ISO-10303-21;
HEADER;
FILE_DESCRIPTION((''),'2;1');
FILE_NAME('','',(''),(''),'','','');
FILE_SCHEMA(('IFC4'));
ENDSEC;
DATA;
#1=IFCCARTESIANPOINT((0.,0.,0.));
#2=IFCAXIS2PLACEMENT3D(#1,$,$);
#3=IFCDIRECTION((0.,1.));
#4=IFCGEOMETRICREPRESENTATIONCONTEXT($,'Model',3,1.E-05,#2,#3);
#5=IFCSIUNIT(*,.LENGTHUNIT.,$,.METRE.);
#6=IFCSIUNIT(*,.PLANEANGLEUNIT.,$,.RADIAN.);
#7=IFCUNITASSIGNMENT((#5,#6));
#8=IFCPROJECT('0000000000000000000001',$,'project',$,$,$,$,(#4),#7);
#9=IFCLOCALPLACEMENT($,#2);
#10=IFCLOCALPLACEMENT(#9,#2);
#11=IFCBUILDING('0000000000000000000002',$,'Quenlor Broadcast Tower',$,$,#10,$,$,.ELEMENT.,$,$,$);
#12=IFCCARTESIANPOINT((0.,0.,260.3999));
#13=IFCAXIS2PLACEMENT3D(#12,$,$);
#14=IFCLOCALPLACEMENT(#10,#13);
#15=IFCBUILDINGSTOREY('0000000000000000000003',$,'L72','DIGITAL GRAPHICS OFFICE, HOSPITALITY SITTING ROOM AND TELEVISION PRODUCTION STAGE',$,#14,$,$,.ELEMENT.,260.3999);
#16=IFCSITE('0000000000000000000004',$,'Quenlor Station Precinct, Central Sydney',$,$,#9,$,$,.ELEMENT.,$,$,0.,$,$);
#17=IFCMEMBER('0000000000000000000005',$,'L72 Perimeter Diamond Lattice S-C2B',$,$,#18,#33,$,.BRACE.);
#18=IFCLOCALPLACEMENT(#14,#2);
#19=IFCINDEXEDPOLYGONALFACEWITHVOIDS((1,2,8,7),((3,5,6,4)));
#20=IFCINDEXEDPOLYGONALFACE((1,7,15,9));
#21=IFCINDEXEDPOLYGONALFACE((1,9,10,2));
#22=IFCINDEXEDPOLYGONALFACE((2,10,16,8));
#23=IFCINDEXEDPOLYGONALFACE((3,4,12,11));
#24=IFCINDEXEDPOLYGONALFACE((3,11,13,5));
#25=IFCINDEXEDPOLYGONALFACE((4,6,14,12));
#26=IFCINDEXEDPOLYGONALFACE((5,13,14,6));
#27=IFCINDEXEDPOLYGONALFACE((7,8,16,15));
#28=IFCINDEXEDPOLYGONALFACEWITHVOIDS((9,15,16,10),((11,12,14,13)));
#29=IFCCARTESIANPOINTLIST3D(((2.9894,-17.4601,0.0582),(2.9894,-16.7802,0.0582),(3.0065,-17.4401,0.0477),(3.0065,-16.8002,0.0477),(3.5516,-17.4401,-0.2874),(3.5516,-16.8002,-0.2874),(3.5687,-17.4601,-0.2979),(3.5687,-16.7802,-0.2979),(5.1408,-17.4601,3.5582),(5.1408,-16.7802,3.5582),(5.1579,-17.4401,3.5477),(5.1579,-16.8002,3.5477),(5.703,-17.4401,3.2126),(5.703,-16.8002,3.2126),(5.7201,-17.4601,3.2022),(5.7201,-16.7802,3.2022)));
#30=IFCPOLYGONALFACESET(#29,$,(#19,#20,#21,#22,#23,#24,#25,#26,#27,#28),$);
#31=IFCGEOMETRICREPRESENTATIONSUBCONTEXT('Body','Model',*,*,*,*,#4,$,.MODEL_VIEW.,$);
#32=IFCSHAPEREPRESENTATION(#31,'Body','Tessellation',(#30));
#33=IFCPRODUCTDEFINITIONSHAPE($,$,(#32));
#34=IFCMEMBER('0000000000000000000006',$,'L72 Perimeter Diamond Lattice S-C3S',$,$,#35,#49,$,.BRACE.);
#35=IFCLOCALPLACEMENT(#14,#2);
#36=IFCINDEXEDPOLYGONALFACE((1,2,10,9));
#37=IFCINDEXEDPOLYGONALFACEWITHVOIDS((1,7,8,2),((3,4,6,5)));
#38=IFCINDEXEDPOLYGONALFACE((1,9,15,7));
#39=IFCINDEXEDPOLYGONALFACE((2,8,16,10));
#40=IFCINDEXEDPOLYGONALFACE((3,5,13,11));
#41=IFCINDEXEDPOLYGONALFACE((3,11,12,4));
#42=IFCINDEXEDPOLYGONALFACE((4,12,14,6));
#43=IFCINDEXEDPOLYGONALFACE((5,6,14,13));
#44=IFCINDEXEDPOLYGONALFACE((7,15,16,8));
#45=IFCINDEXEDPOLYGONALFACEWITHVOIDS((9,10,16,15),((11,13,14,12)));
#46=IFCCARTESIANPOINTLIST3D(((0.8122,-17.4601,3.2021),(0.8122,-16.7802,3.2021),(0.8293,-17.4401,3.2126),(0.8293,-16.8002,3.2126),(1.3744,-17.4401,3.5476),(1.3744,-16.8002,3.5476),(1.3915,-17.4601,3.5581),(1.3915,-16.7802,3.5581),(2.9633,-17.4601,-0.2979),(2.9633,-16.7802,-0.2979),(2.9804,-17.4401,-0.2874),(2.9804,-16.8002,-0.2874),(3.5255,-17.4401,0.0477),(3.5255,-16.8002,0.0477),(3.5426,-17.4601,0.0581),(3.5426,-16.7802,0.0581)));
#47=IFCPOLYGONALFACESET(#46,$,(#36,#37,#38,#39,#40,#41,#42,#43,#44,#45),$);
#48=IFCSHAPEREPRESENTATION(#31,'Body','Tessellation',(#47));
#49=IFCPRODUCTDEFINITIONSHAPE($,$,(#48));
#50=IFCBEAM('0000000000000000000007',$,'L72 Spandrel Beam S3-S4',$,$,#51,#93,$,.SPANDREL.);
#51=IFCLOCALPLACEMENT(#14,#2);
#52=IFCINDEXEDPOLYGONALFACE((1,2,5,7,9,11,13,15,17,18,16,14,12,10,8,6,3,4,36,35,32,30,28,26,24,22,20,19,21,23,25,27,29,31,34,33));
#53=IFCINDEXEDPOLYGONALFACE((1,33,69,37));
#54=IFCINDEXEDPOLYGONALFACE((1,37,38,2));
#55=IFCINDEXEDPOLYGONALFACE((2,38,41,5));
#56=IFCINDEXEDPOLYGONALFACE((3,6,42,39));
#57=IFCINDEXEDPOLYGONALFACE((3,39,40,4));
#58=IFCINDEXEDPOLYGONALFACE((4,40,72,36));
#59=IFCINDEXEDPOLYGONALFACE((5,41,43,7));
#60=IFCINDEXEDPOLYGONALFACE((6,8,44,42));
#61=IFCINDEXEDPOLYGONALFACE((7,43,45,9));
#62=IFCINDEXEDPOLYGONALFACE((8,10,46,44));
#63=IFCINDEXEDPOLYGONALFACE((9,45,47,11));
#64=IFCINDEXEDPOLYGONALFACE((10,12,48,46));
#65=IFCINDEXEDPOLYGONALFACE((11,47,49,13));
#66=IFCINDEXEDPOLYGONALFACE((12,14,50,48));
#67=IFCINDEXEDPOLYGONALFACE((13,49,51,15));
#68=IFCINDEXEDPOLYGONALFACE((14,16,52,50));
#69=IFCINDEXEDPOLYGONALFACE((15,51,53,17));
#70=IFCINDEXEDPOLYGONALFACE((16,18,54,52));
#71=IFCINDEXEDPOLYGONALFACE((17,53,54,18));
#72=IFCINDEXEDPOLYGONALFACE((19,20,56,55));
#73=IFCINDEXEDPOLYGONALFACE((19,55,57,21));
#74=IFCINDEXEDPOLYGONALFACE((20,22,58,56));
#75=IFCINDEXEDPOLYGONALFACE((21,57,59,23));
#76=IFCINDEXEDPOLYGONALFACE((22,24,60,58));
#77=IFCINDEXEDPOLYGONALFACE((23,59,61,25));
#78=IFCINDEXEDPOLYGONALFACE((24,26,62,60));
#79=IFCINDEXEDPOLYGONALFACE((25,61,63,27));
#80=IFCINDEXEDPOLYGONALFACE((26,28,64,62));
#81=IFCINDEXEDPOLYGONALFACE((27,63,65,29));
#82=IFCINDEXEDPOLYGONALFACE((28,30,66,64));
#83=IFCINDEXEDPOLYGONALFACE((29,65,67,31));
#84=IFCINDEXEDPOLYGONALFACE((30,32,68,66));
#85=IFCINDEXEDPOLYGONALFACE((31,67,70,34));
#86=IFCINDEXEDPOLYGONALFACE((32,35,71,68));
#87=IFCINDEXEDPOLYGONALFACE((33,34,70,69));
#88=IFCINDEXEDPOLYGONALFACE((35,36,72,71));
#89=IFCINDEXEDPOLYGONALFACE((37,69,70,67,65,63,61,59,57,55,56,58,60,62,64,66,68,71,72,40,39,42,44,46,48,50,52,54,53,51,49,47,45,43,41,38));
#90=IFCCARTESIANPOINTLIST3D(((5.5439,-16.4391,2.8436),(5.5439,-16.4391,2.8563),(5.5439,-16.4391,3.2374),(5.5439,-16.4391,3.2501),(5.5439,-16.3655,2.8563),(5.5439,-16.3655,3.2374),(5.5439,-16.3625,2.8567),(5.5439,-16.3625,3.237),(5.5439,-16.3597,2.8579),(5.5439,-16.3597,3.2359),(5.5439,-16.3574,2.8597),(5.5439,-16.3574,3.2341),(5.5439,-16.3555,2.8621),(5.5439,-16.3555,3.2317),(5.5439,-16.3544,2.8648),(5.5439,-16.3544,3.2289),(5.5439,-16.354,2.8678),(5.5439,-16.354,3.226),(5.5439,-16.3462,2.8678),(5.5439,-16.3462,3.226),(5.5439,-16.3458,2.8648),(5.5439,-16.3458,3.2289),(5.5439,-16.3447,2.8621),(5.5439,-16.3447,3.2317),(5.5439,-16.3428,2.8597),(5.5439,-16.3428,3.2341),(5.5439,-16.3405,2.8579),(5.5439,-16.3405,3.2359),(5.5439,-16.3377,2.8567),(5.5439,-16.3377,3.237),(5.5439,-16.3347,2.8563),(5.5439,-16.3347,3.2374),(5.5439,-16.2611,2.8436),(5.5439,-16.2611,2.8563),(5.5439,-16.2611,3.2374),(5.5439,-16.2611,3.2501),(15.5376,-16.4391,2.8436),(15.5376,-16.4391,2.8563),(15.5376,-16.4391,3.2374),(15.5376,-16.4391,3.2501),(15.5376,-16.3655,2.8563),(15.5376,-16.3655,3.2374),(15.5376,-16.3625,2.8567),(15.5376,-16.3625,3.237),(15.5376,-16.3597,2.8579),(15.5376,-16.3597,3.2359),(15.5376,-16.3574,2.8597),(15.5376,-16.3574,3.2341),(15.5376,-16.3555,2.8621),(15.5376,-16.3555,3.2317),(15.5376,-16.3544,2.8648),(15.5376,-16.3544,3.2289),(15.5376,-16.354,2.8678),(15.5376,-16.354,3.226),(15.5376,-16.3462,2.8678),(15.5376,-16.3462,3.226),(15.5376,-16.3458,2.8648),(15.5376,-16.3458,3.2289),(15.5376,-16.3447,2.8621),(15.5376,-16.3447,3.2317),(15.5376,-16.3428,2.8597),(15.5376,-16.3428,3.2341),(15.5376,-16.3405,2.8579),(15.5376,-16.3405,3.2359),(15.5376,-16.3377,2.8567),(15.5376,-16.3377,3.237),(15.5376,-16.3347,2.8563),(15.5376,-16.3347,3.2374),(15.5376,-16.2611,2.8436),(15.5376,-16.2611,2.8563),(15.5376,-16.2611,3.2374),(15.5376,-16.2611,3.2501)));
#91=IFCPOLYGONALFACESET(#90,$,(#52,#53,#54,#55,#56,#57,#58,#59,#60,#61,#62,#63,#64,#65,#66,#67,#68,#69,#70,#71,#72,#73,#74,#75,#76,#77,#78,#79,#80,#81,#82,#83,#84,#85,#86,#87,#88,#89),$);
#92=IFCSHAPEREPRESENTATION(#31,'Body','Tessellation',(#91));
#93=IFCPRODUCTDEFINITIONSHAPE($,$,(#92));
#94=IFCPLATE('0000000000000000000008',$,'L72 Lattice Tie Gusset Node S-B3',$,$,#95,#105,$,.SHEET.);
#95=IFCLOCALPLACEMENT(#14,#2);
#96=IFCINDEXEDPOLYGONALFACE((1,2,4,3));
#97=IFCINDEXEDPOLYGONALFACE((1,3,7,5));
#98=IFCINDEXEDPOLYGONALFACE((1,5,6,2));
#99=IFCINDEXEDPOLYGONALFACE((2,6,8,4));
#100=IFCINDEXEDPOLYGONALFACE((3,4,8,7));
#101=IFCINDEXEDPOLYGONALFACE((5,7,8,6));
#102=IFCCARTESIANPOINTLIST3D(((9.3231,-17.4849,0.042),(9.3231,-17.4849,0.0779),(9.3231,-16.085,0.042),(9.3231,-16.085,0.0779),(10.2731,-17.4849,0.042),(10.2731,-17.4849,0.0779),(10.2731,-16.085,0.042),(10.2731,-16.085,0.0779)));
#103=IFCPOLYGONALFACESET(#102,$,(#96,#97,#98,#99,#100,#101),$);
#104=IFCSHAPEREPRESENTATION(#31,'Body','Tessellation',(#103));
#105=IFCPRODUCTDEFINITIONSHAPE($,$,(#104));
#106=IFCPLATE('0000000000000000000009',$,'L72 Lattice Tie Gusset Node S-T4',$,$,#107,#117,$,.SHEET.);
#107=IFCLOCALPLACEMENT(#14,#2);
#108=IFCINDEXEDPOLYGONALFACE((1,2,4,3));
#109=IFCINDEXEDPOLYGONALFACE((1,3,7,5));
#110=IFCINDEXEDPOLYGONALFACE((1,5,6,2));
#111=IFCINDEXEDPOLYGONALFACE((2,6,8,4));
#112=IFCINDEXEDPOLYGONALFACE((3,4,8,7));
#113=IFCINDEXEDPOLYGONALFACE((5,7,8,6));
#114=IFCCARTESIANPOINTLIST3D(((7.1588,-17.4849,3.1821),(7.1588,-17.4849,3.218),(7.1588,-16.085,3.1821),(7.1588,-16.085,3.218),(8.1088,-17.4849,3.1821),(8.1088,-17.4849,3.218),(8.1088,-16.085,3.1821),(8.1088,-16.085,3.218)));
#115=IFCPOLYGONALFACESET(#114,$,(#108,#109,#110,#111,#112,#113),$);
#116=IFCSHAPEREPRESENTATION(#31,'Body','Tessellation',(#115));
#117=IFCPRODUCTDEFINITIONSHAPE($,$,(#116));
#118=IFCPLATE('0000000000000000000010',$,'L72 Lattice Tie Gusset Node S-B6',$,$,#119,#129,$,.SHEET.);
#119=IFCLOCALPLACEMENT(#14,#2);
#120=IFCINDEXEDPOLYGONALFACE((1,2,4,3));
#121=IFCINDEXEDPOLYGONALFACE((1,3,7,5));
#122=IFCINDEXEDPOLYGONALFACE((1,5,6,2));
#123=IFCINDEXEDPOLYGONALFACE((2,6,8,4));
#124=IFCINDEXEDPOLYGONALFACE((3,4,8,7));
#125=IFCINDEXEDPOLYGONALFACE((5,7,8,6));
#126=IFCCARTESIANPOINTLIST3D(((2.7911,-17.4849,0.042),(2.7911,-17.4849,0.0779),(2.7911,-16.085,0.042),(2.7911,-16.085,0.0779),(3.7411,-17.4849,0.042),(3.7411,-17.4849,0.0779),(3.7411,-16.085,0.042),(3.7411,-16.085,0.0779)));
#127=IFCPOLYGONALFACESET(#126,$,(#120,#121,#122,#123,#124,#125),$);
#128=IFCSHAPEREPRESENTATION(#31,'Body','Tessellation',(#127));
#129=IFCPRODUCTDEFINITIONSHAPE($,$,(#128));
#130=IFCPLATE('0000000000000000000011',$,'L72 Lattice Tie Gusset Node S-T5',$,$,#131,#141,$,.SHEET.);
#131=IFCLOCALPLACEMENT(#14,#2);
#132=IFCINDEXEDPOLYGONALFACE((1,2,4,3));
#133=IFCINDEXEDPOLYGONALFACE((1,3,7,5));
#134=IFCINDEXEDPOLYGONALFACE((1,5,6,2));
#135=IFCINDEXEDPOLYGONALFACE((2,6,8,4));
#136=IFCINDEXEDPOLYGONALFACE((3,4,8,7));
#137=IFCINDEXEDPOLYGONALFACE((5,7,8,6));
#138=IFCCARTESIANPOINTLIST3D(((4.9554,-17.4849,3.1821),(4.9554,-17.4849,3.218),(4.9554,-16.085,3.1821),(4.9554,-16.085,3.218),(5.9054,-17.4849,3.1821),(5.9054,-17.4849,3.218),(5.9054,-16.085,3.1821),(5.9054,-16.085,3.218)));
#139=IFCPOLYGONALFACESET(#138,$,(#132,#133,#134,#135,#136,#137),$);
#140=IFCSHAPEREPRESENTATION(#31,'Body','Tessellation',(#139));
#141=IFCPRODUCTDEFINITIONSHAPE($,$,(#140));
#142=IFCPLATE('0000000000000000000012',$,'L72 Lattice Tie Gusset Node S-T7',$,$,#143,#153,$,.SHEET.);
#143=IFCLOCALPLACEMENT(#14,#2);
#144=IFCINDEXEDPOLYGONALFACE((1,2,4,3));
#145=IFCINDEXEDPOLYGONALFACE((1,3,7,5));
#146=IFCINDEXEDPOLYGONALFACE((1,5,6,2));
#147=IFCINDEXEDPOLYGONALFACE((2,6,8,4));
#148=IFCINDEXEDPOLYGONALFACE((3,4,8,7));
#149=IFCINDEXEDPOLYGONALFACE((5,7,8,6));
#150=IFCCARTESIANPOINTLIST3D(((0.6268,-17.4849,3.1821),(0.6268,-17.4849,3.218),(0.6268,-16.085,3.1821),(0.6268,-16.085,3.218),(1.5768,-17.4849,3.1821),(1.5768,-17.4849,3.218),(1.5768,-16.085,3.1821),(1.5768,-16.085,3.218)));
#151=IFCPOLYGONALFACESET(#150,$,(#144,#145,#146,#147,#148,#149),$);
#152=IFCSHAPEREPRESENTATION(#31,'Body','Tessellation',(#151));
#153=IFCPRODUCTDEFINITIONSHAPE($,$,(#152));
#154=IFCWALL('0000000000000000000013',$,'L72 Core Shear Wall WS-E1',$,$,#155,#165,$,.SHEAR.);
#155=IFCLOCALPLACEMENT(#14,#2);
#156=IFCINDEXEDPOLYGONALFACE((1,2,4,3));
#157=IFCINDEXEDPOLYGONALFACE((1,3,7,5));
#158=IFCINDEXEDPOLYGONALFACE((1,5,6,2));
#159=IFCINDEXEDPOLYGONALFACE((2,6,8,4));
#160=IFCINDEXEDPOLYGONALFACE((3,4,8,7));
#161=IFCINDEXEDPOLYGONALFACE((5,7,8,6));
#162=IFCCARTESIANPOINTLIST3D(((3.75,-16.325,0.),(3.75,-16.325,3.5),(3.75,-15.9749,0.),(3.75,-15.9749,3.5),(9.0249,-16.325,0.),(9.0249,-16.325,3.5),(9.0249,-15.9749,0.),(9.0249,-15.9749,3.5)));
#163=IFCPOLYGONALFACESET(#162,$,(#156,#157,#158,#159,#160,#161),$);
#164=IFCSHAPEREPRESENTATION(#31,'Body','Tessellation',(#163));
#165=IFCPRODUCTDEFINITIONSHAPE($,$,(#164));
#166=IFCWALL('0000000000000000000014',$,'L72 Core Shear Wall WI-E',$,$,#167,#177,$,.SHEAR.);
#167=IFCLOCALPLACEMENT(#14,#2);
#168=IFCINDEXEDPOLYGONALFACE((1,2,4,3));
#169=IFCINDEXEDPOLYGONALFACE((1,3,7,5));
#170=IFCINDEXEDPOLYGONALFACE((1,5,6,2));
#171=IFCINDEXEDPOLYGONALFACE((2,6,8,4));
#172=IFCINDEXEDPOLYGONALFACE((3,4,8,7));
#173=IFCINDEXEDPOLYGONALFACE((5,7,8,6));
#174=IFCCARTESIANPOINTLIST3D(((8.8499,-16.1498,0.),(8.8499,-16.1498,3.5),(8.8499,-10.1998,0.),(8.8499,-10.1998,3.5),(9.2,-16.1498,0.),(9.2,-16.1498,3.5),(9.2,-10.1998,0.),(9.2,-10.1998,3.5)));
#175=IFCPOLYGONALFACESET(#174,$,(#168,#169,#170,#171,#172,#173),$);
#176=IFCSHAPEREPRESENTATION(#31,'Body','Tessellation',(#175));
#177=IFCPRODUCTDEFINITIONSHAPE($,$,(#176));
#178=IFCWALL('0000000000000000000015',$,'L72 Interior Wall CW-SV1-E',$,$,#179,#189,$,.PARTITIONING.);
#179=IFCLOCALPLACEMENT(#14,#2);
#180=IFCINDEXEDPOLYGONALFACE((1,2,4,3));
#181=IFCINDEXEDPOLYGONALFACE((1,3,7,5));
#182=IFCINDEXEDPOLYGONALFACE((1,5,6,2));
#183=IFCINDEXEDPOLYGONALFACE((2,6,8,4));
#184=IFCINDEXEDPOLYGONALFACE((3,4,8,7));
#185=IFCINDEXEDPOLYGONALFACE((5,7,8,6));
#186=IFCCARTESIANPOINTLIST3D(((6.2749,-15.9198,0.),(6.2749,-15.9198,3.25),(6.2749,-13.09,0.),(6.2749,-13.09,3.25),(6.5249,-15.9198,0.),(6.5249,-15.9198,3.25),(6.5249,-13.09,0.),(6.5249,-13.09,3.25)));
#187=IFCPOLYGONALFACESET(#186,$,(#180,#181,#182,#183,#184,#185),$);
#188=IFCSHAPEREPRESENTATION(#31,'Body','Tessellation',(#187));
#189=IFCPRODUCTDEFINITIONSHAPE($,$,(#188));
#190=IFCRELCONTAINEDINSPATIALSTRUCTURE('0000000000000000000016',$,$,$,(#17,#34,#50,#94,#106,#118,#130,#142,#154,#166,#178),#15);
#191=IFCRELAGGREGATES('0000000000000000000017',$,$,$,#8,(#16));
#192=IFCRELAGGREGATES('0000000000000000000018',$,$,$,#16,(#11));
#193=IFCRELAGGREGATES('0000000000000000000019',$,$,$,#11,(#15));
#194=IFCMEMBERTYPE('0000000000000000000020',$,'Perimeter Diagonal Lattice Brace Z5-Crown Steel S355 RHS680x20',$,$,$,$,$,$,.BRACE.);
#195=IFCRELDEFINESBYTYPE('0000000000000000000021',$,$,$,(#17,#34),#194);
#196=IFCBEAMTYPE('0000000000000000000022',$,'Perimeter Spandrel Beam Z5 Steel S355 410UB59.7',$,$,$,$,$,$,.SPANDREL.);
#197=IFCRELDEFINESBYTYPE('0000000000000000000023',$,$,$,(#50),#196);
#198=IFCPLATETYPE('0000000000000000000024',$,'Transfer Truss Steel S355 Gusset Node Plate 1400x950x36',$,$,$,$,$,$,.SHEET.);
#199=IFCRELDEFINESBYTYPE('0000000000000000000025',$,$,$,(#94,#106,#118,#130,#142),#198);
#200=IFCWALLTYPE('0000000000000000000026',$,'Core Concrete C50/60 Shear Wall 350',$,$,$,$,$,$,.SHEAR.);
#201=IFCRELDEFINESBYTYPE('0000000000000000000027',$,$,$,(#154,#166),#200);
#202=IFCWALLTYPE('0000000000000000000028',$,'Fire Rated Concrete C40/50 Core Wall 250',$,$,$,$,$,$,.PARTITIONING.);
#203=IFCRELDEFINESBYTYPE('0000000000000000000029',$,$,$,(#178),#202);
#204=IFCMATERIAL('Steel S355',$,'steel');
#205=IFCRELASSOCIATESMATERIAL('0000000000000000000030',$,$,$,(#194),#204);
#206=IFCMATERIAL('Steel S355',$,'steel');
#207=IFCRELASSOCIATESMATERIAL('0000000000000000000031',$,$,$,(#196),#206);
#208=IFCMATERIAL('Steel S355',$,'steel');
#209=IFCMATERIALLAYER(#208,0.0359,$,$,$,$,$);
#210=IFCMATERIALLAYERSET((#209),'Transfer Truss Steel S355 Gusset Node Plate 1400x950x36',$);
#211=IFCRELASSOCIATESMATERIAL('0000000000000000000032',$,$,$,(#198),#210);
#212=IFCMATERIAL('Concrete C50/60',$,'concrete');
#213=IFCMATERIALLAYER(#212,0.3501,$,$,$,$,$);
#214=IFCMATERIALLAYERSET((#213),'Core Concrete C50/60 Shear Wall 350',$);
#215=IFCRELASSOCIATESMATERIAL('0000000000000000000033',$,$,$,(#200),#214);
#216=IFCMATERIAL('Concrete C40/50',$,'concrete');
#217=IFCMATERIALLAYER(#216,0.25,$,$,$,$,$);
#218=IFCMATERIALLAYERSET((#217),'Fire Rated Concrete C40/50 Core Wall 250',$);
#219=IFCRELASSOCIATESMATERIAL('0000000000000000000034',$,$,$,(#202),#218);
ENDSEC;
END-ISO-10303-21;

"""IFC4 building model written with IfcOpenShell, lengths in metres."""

from ifc_helpers import new_model, si_unit, direction, frame, frame_2d, origin, origin_2d, place, context, subcontext, project, spatial, rectangle, hollow_rectangle, i_section, extrude, material, layer, layer_set, material_profile, profile_set, type_object, element, save


model = new_model("IFC4")

# Units and contexts
model_context = context("Model", 3, precision=1e-05, world=origin(), true_north=direction((0.0, 1.0)))
body_context = subcontext(model_context, "Body", "Model", "MODEL_VIEW")
ifc_project = project(units=[si_unit("LENGTHUNIT", "METRE"), si_unit("PLANEANGLEUNIT", "RADIAN")], contexts=[model_context])

# Site, building, storey
site_placement = place(None, origin())
site = spatial("IfcSite", under=ifc_project, at=site_placement, Name="Quenlor Station Precinct, Central Sydney", CompositionType="ELEMENT", RefElevation=0.0)
building_placement = place(site_placement, origin())
building = spatial("IfcBuilding", under=site, at=building_placement, Name="Quenlor Broadcast Tower", CompositionType="ELEMENT")
storey_placement = place(building_placement, frame((0.0, 0.0, 260.3999)))
storey = spatial("IfcBuildingStorey", under=building, at=storey_placement, Name="L72", Description="DIGITAL GRAPHICS OFFICE, HOSPITALITY SITTING ROOM AND TELEVISION PRODUCTION STAGE", CompositionType="ELEMENT", Elevation=260.3999)

# Members
ifc_material_1 = material(Name="Steel S355", Category="steel")
ifc_material_profile_1 = material_profile(ifc_material_1, hollow_rectangle(XDim=0.6799, YDim=0.6799, WallThickness=0.02, at=origin_2d()))
ifc_profile_set_1 = profile_set([ifc_material_profile_1], Name="Steel S355 RHS680x680x20")
member_type_1 = type_object("IfcMemberType", Name="Perimeter Diagonal Lattice Brace Z5-Crown Steel S355 RHS680x20", PredefinedType="BRACE", material=ifc_profile_set_1)
member_1_placement = place(storey_placement, frame((3.2791, -17.1201, -0.1199), z_axis=(0.52366, 0.0, 0.851928), x_axis=(0.0, 1.0, 0.0)))
element("IfcMember", 1, at=member_1_placement, inside=storey, type_object=member_type_1, Name="L72 Perimeter Diamond Lattice S-C2B", PredefinedType="BRACE", context=body_context, shape_type="SweptSolid", body=[
    extrude(hollow_rectangle(XDim=0.6799, YDim=0.6799, WallThickness=0.02, at=origin_2d()), origin(), (0.0, 0.0, 1.0), 4.1084),
])
member_2_placement = place(storey_placement, frame((3.2529, -17.1201, -0.1199), z_axis=(-0.523617, 0.0, 0.851954), x_axis=(0.0, -1.0, 0.0)))
element("IfcMember", 2, at=member_2_placement, inside=storey, type_object=member_type_1, Name="L72 Perimeter Diamond Lattice S-C3S", PredefinedType="BRACE", context=body_context, shape_type="SweptSolid", body=[
    extrude(hollow_rectangle(XDim=0.6799, YDim=0.6799, WallThickness=0.02, at=origin_2d()), origin(), (0.0, 0.0, 1.0), 4.1082),
])

# Beam
ifc_material_2 = material(Name="Steel S355", Category="steel")
ifc_material_profile_2 = material_profile(ifc_material_2, i_section(OverallWidth=0.178, OverallDepth=0.4065, WebThickness=0.0078, FlangeThickness=0.0127, FilletRadius=0.0115, at=origin_2d()))
ifc_profile_set_2 = profile_set([ifc_material_profile_2], Name="Steel S355 410UB59.7")
beam_type_1 = type_object("IfcBeamType", Name="Perimeter Spandrel Beam Z5 Steel S355 410UB59.7", PredefinedType="SPANDREL", material=ifc_profile_set_2)
beam_1_placement = place(storey_placement, frame((5.5439, -16.3501, 3.0469), z_axis=(1.0, 0.0, 0.0), x_axis=(0.0, 1.0, 0.0)))
element("IfcBeam", 3, at=beam_1_placement, inside=storey, type_object=beam_type_1, Name="L72 Spandrel Beam S3-S4", PredefinedType="SPANDREL", context=body_context, shape_type="SweptSolid", body=[
    extrude(i_section(OverallWidth=0.178, OverallDepth=0.4065, WebThickness=0.0078, FlangeThickness=0.0127, FilletRadius=0.0115, at=origin_2d()), origin(), (0.0, 0.0, 1.0), 9.9937),
])

# Plates
ifc_material_3 = material(Name="Steel S355", Category="steel")
ifc_layer_1 = layer(ifc_material_3, 0.0359)
ifc_layer_set_1 = layer_set([ifc_layer_1], Name="Transfer Truss Steel S355 Gusset Node Plate 1400x950x36")
plate_type = type_object("IfcPlateType", Name="Transfer Truss Steel S355 Gusset Node Plate 1400x950x36", PredefinedType="SHEET", material=ifc_layer_set_1)
for number, where, z_axis, x_axis, name in (
    (4, (9.7981, -16.7849, 0.042), (0.0, 0.0, 1.0), (0.0, -1.0, 0.0), "L72 Lattice Tie Gusset Node S-B3"),
    (5, (7.6338, -16.7849, 3.1821), (0.0, 0.0, 1.0), (0.0, -1.0, 0.0), "L72 Lattice Tie Gusset Node S-T4"),
    (6, (3.2661, -16.7849, 0.042), (0.0, 0.0, 1.0), (0.0, -1.0, 0.0), "L72 Lattice Tie Gusset Node S-B6"),
    (7, (5.4304, -16.7849, 3.1821), (0.0, 0.0, 1.0), (0.0, -1.0, 0.0), "L72 Lattice Tie Gusset Node S-T5"),
    (8, (1.1018, -16.7849, 3.1821), (0.0, 0.0, 1.0), (0.0, -1.0, 0.0), "L72 Lattice Tie Gusset Node S-T7"),
):
    element("IfcPlate", number, at=place(storey_placement, frame(where, z_axis=z_axis, x_axis=x_axis)), inside=storey, type_object=plate_type, Name=name, PredefinedType="SHEET", context=body_context, shape_type="SweptSolid", body=[
        extrude(rectangle(XDim=1.3999, YDim=0.95, at=origin_2d()), origin(), (0.0, 0.0, 1.0), 0.0359),
    ])

# Walls
ifc_material_4 = material(Name="Concrete C50/60", Category="concrete")
ifc_layer_2 = layer(ifc_material_4, 0.3501)
ifc_layer_set_2 = layer_set([ifc_layer_2], Name="Core Concrete C50/60 Shear Wall 350")
wall_type_1 = type_object("IfcWallType", Name="Core Concrete C50/60 Shear Wall 350", PredefinedType="SHEAR", material=ifc_layer_set_2)
wall_1_placement = place(storey_placement, frame((3.75, -16.1499, 0.0), z_axis=(0.0, 0.0, 1.0), x_axis=(1.0, 0.0, 0.0)))
element("IfcWall", 9, at=wall_1_placement, inside=storey, type_object=wall_type_1, Name="L72 Core Shear Wall WS-E1", PredefinedType="SHEAR", context=body_context, shape_type="SweptSolid", body=[
    extrude(rectangle(XDim=5.2749, YDim=0.3501, at=frame_2d((2.6375, 0.0))), origin(), (0.0, 0.0, 1.0), 3.5),
])
wall_2_placement = place(storey_placement, frame((9.0249, -16.1499, 0.0), z_axis=(0.0, 0.0, 1.0), x_axis=(0.0, 1.0, 0.0)))
element("IfcWall", 10, at=wall_2_placement, inside=storey, type_object=wall_type_1, Name="L72 Core Shear Wall WI-E", PredefinedType="SHEAR", context=body_context, shape_type="SweptSolid", body=[
    extrude(rectangle(XDim=5.95, YDim=0.3501, at=frame_2d((2.9751, 0.0))), origin(), (0.0, 0.0, 1.0), 3.5),
])
ifc_material_5 = material(Name="Concrete C40/50", Category="concrete")
ifc_layer_3 = layer(ifc_material_5, 0.25)
ifc_layer_set_3 = layer_set([ifc_layer_3], Name="Fire Rated Concrete C40/50 Core Wall 250")
wall_type_2 = type_object("IfcWallType", Name="Fire Rated Concrete C40/50 Core Wall 250", PredefinedType="PARTITIONING", material=ifc_layer_set_3)
wall_3_placement = place(storey_placement, frame((6.3999, -15.9199, 0.0), z_axis=(0.0, 0.0, 1.0), x_axis=(0.0, 1.0, 0.0)))
element("IfcWall", 11, at=wall_3_placement, inside=storey, type_object=wall_type_2, Name="L72 Interior Wall CW-SV1-E", PredefinedType="PARTITIONING", context=body_context, shape_type="SweptSolid", body=[
    extrude(rectangle(XDim=2.8298, YDim=0.25, at=frame_2d((1.415, 0.0))), origin(), (0.0, 0.0, 1.0), 3.25),
])

save(model, "model.ifc")
